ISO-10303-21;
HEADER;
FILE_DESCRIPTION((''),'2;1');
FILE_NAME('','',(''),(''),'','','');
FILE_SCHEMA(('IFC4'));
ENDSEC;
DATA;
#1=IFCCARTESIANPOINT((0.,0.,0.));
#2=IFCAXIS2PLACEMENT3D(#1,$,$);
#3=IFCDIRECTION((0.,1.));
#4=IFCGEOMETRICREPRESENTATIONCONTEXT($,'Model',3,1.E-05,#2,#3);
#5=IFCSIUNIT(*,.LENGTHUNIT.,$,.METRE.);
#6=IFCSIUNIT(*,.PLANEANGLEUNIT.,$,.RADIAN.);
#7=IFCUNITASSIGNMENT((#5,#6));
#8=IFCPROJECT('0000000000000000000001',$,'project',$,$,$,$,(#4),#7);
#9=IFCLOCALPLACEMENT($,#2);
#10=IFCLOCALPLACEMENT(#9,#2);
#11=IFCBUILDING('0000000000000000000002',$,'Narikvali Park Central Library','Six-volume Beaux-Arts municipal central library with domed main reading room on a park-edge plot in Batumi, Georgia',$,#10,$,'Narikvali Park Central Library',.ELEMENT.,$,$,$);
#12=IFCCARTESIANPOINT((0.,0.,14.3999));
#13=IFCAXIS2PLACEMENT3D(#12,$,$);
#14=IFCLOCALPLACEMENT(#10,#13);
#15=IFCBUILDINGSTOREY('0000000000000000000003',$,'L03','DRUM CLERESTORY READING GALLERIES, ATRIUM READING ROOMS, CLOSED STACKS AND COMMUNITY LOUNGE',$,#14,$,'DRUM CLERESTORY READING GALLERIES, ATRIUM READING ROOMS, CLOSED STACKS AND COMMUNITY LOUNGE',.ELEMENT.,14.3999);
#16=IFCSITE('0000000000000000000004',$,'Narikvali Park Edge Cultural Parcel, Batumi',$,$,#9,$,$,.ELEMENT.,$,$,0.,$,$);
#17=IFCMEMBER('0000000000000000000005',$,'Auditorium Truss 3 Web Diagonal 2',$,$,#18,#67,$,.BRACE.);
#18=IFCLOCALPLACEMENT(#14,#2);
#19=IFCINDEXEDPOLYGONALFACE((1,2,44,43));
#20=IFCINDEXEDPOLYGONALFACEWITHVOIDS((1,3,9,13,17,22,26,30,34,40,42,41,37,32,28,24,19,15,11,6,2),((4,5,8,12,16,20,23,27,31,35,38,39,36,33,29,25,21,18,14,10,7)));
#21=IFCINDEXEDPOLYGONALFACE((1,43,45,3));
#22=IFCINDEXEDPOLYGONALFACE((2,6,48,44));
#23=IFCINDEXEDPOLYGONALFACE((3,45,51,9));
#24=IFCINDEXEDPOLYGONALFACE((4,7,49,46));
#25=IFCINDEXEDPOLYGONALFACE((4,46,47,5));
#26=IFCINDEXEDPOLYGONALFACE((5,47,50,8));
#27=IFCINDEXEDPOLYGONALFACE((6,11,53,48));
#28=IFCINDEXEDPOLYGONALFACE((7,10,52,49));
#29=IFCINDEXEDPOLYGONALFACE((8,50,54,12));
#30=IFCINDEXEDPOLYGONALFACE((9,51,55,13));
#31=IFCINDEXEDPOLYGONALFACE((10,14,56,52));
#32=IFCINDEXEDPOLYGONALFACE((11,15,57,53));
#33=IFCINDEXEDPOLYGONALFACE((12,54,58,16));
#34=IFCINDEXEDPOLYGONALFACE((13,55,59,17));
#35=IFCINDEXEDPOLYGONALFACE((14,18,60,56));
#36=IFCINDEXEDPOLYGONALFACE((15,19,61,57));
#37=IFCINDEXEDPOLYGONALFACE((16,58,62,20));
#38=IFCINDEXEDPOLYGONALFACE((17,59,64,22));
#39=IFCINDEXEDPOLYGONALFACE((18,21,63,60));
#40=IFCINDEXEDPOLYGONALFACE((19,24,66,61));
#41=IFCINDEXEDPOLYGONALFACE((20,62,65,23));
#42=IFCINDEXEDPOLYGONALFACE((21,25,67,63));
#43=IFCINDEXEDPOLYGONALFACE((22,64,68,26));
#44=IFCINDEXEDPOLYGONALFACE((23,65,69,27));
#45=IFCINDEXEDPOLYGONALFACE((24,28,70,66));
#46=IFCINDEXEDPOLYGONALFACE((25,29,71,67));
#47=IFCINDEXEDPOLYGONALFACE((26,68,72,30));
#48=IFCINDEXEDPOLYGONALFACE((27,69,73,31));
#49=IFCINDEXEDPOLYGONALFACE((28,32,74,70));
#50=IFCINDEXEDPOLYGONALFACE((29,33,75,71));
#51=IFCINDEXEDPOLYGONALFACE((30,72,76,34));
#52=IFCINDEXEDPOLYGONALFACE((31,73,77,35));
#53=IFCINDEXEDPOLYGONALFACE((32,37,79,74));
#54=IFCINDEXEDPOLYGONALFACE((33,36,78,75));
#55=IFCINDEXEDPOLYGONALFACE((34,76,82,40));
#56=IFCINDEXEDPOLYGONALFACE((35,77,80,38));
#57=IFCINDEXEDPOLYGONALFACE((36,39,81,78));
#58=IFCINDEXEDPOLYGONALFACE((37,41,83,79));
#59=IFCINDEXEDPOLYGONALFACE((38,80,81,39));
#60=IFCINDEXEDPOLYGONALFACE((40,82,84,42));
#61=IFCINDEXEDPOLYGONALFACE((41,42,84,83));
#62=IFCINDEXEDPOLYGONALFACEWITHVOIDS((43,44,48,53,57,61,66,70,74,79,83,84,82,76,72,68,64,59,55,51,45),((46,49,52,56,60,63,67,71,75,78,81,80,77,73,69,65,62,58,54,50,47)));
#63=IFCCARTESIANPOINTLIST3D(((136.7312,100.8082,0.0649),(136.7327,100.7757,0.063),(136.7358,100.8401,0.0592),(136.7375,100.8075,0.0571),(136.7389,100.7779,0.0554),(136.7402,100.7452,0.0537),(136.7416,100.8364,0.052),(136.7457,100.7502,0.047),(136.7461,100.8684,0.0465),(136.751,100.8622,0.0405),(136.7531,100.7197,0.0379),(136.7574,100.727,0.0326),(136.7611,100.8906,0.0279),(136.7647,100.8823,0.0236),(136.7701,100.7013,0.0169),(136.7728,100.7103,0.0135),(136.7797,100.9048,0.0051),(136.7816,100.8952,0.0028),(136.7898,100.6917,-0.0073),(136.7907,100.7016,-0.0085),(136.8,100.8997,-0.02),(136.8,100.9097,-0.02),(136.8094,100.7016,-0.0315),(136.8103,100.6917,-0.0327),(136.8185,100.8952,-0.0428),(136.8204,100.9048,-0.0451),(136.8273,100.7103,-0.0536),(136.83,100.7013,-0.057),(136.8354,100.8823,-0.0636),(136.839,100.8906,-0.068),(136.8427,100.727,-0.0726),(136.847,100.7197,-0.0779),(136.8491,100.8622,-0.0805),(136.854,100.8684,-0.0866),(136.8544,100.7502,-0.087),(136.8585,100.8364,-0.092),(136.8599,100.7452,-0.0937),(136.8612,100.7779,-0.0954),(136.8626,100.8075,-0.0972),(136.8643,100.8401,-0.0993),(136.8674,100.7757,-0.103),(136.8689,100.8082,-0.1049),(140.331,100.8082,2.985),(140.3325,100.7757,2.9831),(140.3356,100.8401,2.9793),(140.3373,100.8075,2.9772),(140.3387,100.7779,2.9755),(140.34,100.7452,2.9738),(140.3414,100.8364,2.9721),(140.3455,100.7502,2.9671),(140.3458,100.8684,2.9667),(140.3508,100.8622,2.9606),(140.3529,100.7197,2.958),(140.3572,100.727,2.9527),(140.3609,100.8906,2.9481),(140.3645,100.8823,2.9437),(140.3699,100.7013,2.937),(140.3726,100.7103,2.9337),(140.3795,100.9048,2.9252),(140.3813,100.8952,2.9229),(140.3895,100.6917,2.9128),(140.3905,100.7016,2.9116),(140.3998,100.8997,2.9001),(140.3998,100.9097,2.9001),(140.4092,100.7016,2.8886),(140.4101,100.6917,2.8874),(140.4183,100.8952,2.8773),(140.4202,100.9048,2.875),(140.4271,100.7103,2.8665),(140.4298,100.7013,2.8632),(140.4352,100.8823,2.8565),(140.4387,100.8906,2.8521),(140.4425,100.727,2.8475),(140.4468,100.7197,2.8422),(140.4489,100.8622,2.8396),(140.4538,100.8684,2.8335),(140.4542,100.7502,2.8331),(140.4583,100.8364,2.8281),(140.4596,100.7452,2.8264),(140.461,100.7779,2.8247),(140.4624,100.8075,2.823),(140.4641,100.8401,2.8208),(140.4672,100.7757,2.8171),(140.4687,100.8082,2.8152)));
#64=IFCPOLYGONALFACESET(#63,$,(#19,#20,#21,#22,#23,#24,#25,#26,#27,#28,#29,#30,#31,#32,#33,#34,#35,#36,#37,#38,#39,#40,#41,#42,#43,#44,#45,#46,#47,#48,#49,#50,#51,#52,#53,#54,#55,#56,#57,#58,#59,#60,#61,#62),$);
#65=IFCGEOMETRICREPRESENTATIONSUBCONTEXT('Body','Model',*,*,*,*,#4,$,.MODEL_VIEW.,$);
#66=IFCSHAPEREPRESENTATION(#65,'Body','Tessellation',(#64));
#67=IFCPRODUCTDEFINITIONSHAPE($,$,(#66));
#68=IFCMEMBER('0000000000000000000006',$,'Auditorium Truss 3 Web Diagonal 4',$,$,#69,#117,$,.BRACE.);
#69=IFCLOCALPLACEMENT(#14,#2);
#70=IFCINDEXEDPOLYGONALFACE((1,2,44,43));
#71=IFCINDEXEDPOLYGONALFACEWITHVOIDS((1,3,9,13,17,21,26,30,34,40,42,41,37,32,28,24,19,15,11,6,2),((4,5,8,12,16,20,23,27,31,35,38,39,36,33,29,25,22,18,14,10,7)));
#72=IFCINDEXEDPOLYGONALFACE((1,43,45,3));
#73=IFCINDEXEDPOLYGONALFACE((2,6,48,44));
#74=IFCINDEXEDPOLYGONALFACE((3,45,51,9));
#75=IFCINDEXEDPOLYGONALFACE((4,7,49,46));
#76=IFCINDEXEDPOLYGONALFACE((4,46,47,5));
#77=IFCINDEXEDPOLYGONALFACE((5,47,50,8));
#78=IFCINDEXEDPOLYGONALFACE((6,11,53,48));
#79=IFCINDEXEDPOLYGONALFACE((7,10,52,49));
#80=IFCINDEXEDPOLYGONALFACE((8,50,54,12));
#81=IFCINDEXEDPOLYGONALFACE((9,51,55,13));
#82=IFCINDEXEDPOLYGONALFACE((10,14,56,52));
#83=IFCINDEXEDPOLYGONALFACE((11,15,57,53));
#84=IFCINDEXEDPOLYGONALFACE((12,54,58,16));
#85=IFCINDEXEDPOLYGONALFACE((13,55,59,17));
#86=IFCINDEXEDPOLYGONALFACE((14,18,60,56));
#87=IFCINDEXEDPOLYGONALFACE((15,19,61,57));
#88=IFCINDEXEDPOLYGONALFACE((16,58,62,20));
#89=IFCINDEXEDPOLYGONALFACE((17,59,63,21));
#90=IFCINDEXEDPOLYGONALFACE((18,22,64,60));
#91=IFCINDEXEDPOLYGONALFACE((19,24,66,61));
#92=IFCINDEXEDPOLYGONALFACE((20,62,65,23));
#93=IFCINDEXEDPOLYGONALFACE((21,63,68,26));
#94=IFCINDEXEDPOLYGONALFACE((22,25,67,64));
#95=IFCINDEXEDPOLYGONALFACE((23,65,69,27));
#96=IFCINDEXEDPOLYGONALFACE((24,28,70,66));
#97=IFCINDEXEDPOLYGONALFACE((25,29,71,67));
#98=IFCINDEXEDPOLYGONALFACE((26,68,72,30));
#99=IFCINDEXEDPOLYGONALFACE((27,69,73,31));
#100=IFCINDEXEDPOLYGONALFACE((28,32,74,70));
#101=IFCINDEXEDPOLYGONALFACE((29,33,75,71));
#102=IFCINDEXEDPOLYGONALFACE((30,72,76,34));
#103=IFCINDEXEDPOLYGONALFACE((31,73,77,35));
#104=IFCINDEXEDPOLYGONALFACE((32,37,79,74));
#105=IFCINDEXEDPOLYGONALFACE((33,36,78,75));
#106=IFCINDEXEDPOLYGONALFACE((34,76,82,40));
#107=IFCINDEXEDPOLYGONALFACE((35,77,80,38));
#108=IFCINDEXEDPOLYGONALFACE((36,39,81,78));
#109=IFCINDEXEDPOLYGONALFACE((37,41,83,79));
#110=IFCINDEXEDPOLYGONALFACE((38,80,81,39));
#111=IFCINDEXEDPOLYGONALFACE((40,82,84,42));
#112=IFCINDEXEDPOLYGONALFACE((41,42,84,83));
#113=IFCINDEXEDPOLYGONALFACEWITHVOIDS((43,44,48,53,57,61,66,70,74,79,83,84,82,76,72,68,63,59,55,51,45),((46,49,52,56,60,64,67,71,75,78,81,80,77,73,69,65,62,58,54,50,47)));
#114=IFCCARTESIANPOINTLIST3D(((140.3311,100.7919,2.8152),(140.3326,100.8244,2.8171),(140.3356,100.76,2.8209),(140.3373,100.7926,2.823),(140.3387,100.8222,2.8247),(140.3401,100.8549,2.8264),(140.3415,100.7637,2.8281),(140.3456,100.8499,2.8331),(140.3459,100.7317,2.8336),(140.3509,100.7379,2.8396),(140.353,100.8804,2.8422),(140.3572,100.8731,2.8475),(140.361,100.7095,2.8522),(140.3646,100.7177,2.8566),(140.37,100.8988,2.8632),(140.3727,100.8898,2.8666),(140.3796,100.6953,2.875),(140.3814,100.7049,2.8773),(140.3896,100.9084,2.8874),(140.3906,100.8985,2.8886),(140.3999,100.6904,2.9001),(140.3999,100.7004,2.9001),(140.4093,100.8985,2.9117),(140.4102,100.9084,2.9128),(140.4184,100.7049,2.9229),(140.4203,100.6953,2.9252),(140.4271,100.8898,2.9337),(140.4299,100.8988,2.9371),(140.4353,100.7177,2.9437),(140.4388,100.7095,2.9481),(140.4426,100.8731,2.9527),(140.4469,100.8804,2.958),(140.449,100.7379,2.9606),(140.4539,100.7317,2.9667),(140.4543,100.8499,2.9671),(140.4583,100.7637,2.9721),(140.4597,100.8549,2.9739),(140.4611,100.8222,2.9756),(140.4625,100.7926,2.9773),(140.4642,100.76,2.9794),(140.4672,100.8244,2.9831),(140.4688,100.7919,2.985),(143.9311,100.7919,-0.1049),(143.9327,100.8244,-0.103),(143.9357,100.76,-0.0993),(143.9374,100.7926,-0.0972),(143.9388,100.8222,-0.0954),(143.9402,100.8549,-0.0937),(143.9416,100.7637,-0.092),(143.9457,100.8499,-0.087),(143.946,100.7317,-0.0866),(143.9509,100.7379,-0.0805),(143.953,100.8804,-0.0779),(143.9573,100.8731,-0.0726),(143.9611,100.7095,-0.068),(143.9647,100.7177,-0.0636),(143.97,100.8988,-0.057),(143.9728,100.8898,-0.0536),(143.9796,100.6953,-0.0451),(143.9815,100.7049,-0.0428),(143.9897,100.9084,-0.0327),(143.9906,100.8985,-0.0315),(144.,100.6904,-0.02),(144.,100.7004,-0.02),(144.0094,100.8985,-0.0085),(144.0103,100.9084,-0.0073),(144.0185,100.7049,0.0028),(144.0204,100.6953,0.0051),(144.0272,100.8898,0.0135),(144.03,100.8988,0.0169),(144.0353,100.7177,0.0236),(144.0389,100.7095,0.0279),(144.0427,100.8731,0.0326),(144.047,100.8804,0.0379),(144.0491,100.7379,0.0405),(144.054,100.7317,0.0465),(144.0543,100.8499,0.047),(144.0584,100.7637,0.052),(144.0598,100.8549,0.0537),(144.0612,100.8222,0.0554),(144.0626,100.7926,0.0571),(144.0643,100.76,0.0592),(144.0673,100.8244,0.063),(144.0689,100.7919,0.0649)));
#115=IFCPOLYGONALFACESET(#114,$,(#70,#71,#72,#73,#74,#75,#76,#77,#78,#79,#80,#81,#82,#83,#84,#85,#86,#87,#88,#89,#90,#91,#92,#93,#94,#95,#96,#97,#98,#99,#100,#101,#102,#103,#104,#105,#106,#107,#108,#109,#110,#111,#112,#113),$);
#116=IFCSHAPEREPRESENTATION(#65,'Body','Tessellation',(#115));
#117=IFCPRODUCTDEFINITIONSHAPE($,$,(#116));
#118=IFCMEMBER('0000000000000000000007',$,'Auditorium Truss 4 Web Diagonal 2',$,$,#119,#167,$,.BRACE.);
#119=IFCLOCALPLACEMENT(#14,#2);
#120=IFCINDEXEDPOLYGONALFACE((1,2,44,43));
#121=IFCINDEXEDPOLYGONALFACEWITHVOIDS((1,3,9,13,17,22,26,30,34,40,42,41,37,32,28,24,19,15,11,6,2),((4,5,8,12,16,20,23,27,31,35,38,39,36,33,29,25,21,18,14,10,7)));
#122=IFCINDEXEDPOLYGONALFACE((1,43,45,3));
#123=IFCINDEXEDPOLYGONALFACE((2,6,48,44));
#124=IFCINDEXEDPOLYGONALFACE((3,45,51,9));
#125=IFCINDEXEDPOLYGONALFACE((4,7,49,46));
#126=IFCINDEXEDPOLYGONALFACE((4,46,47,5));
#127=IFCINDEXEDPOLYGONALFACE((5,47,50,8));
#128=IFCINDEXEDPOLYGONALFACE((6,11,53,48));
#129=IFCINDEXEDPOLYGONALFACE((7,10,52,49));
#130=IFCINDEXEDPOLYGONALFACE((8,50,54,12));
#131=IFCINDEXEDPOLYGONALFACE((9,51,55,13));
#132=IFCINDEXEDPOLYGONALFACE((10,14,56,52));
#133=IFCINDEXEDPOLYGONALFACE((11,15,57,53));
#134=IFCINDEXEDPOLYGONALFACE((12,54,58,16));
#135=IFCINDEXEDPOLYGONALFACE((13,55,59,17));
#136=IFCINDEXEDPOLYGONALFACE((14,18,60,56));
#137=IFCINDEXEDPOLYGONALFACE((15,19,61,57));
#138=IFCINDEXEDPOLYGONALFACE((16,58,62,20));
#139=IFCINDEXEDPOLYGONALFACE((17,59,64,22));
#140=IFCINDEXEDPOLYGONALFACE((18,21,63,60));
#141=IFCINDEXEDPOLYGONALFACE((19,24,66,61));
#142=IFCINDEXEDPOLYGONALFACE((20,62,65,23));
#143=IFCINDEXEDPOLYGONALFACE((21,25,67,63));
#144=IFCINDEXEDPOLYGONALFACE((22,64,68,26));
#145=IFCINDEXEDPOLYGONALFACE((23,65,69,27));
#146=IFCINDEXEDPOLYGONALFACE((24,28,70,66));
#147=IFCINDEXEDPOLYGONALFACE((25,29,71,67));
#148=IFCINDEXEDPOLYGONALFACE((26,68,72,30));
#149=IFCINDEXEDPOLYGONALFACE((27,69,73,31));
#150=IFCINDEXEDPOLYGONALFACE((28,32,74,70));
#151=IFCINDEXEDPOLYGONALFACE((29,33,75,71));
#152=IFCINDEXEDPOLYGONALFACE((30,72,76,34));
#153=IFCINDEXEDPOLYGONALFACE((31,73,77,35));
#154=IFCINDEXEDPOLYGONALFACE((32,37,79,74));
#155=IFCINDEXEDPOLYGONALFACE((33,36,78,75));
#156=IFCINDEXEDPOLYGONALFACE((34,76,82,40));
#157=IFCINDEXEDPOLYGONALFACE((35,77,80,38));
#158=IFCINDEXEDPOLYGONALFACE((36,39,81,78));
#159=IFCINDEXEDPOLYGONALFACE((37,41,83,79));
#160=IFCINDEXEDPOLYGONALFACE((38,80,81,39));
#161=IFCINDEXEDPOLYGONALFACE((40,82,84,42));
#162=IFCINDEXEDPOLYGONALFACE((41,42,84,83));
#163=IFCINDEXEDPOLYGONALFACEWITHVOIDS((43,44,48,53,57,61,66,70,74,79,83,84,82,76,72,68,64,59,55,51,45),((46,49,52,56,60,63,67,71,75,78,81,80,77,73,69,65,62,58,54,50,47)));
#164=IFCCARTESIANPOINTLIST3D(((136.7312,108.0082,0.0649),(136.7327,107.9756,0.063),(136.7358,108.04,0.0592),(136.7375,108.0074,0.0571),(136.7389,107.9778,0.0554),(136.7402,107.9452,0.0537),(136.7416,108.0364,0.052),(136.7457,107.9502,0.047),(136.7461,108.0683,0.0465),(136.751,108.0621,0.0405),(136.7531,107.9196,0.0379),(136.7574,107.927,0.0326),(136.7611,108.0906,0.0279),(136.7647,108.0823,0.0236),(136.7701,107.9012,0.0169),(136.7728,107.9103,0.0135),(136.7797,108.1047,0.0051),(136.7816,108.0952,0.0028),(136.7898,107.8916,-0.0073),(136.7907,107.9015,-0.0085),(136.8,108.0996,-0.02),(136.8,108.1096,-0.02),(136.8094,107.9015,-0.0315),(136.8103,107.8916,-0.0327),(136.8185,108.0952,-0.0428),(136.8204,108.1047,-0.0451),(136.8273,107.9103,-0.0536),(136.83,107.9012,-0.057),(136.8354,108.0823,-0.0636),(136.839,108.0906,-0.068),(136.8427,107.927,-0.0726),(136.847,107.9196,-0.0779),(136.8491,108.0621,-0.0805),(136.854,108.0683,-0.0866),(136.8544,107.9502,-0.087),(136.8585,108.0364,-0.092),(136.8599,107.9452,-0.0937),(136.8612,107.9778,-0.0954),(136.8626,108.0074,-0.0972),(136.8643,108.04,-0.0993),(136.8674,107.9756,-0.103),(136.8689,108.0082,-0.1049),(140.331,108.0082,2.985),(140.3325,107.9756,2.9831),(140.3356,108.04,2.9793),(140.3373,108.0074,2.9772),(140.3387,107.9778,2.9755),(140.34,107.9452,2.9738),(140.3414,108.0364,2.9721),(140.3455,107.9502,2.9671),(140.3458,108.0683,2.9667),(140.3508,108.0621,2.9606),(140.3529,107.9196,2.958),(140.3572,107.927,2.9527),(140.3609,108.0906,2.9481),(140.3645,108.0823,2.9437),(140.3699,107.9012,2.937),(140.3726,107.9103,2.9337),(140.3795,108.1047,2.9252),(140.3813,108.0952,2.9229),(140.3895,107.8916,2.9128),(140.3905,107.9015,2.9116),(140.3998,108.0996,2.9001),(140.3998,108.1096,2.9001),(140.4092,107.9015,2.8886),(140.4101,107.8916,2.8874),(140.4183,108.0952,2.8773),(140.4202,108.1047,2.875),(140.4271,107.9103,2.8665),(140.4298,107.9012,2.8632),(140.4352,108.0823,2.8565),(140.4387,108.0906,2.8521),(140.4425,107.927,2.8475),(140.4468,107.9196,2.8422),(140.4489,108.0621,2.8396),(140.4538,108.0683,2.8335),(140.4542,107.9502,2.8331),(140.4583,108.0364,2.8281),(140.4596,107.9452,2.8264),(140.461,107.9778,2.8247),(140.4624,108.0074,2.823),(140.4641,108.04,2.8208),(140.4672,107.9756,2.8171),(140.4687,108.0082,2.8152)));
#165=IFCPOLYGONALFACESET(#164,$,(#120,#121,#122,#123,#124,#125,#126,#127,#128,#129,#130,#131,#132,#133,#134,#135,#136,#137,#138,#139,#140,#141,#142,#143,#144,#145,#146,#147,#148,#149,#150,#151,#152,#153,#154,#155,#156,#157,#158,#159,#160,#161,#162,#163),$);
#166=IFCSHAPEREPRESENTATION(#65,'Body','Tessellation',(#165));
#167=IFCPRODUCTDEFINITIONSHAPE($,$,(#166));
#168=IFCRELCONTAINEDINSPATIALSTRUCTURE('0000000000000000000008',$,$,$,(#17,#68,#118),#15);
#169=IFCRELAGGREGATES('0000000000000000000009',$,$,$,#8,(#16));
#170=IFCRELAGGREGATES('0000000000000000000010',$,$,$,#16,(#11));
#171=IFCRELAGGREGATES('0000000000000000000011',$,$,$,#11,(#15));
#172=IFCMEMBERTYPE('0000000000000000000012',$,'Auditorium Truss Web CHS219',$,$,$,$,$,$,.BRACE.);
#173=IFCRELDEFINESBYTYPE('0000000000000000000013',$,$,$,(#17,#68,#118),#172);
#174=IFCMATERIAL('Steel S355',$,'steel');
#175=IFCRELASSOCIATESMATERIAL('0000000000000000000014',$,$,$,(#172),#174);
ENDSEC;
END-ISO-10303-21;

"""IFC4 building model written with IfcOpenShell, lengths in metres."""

from ifc_helpers import new_model, si_unit, direction, frame, origin, origin_2d, place, context, subcontext, project, spatial, hollow_circle, extrude, material, material_profile, profile_set, type_object, element, save


model = new_model("IFC4")

# Units and contexts
model_context = context("Model", 3, precision=1e-05, world=origin(), true_north=direction((0.0, 1.0)))
body_context = subcontext(model_context, "Body", "Model", "MODEL_VIEW")
ifc_project = project(units=[si_unit("LENGTHUNIT", "METRE"), si_unit("PLANEANGLEUNIT", "RADIAN")], contexts=[model_context])

# Site, building, storey
site_placement = place(None, origin())
site = spatial("IfcSite", under=ifc_project, at=site_placement, Name="Narikvali Park Edge Cultural Parcel, Batumi", CompositionType="ELEMENT", RefElevation=0.0)
building_placement = place(site_placement, origin())
building = spatial("IfcBuilding", under=site, at=building_placement, Name="Narikvali Park Central Library", Description="Six-volume Beaux-Arts municipal central library with domed main reading room on a park-edge plot in Batumi, Georgia", LongName="Narikvali Park Central Library", CompositionType="ELEMENT")
storey_placement = place(building_placement, frame((0.0, 0.0, 14.3999)))
storey = spatial("IfcBuildingStorey", under=building, at=storey_placement, Name="L03", Description="DRUM CLERESTORY READING GALLERIES, ATRIUM READING ROOMS, CLOSED STACKS AND COMMUNITY LOUNGE", LongName="DRUM CLERESTORY READING GALLERIES, ATRIUM READING ROOMS, CLOSED STACKS AND COMMUNITY LOUNGE", CompositionType="ELEMENT", Elevation=14.3999)

# Members
ifc_material = material(Name="Steel S355", Category="steel")
ifc_material_profile_1 = material_profile(ifc_material, hollow_circle(Radius=0.1096, WallThickness=0.01, at=origin_2d()), Name="CHS 219.1x10")
ifc_profile_set_1 = profile_set([ifc_material_profile_1], Name="Steel S355")
member_type_1 = type_object("IfcMemberType", Name="Auditorium Truss Web CHS219", PredefinedType="BRACE", material=ifc_profile_set_1)
member_1_placement = place(storey_placement, frame((136.8, 100.8, -0.02), z_axis=(0.776612, 0.0, 0.62998), x_axis=(0.0, 1.0, 0.0)))
element("IfcMember", 1, at=member_1_placement, inside=storey, type_object=member_type_1, Name="Auditorium Truss 3 Web Diagonal 2", PredefinedType="BRACE", context=body_context, shape_type="SweptSolid", body=[
    extrude(hollow_circle(Radius=0.1096, WallThickness=0.01, at=origin_2d()), origin(), (0.0, 0.0, 1.0), 4.6353),
])
member_2_placement = place(storey_placement, frame((144.0, 100.8, -0.02), z_axis=(-0.776632, 0.0, 0.629954), x_axis=(0.0, -1.0, 0.0)))
element("IfcMember", 2, at=member_2_placement, inside=storey, type_object=member_type_1, Name="Auditorium Truss 3 Web Diagonal 4", PredefinedType="BRACE", context=body_context, shape_type="SweptSolid", body=[
    extrude(hollow_circle(Radius=0.1096, WallThickness=0.01, at=origin_2d()), origin(), (0.0, 0.0, 1.0), 4.6355),
])
member_3_placement = place(storey_placement, frame((136.8, 108.0, -0.02), z_axis=(0.776612, 0.0, 0.62998), x_axis=(0.0, 1.0, 0.0)))
element("IfcMember", 3, at=member_3_placement, inside=storey, type_object=member_type_1, Name="Auditorium Truss 4 Web Diagonal 2", PredefinedType="BRACE", context=body_context, shape_type="SweptSolid", body=[
    extrude(hollow_circle(Radius=0.1096, WallThickness=0.01, at=origin_2d()), origin(), (0.0, 0.0, 1.0), 4.6353),
])

save(model, "model.ifc")
